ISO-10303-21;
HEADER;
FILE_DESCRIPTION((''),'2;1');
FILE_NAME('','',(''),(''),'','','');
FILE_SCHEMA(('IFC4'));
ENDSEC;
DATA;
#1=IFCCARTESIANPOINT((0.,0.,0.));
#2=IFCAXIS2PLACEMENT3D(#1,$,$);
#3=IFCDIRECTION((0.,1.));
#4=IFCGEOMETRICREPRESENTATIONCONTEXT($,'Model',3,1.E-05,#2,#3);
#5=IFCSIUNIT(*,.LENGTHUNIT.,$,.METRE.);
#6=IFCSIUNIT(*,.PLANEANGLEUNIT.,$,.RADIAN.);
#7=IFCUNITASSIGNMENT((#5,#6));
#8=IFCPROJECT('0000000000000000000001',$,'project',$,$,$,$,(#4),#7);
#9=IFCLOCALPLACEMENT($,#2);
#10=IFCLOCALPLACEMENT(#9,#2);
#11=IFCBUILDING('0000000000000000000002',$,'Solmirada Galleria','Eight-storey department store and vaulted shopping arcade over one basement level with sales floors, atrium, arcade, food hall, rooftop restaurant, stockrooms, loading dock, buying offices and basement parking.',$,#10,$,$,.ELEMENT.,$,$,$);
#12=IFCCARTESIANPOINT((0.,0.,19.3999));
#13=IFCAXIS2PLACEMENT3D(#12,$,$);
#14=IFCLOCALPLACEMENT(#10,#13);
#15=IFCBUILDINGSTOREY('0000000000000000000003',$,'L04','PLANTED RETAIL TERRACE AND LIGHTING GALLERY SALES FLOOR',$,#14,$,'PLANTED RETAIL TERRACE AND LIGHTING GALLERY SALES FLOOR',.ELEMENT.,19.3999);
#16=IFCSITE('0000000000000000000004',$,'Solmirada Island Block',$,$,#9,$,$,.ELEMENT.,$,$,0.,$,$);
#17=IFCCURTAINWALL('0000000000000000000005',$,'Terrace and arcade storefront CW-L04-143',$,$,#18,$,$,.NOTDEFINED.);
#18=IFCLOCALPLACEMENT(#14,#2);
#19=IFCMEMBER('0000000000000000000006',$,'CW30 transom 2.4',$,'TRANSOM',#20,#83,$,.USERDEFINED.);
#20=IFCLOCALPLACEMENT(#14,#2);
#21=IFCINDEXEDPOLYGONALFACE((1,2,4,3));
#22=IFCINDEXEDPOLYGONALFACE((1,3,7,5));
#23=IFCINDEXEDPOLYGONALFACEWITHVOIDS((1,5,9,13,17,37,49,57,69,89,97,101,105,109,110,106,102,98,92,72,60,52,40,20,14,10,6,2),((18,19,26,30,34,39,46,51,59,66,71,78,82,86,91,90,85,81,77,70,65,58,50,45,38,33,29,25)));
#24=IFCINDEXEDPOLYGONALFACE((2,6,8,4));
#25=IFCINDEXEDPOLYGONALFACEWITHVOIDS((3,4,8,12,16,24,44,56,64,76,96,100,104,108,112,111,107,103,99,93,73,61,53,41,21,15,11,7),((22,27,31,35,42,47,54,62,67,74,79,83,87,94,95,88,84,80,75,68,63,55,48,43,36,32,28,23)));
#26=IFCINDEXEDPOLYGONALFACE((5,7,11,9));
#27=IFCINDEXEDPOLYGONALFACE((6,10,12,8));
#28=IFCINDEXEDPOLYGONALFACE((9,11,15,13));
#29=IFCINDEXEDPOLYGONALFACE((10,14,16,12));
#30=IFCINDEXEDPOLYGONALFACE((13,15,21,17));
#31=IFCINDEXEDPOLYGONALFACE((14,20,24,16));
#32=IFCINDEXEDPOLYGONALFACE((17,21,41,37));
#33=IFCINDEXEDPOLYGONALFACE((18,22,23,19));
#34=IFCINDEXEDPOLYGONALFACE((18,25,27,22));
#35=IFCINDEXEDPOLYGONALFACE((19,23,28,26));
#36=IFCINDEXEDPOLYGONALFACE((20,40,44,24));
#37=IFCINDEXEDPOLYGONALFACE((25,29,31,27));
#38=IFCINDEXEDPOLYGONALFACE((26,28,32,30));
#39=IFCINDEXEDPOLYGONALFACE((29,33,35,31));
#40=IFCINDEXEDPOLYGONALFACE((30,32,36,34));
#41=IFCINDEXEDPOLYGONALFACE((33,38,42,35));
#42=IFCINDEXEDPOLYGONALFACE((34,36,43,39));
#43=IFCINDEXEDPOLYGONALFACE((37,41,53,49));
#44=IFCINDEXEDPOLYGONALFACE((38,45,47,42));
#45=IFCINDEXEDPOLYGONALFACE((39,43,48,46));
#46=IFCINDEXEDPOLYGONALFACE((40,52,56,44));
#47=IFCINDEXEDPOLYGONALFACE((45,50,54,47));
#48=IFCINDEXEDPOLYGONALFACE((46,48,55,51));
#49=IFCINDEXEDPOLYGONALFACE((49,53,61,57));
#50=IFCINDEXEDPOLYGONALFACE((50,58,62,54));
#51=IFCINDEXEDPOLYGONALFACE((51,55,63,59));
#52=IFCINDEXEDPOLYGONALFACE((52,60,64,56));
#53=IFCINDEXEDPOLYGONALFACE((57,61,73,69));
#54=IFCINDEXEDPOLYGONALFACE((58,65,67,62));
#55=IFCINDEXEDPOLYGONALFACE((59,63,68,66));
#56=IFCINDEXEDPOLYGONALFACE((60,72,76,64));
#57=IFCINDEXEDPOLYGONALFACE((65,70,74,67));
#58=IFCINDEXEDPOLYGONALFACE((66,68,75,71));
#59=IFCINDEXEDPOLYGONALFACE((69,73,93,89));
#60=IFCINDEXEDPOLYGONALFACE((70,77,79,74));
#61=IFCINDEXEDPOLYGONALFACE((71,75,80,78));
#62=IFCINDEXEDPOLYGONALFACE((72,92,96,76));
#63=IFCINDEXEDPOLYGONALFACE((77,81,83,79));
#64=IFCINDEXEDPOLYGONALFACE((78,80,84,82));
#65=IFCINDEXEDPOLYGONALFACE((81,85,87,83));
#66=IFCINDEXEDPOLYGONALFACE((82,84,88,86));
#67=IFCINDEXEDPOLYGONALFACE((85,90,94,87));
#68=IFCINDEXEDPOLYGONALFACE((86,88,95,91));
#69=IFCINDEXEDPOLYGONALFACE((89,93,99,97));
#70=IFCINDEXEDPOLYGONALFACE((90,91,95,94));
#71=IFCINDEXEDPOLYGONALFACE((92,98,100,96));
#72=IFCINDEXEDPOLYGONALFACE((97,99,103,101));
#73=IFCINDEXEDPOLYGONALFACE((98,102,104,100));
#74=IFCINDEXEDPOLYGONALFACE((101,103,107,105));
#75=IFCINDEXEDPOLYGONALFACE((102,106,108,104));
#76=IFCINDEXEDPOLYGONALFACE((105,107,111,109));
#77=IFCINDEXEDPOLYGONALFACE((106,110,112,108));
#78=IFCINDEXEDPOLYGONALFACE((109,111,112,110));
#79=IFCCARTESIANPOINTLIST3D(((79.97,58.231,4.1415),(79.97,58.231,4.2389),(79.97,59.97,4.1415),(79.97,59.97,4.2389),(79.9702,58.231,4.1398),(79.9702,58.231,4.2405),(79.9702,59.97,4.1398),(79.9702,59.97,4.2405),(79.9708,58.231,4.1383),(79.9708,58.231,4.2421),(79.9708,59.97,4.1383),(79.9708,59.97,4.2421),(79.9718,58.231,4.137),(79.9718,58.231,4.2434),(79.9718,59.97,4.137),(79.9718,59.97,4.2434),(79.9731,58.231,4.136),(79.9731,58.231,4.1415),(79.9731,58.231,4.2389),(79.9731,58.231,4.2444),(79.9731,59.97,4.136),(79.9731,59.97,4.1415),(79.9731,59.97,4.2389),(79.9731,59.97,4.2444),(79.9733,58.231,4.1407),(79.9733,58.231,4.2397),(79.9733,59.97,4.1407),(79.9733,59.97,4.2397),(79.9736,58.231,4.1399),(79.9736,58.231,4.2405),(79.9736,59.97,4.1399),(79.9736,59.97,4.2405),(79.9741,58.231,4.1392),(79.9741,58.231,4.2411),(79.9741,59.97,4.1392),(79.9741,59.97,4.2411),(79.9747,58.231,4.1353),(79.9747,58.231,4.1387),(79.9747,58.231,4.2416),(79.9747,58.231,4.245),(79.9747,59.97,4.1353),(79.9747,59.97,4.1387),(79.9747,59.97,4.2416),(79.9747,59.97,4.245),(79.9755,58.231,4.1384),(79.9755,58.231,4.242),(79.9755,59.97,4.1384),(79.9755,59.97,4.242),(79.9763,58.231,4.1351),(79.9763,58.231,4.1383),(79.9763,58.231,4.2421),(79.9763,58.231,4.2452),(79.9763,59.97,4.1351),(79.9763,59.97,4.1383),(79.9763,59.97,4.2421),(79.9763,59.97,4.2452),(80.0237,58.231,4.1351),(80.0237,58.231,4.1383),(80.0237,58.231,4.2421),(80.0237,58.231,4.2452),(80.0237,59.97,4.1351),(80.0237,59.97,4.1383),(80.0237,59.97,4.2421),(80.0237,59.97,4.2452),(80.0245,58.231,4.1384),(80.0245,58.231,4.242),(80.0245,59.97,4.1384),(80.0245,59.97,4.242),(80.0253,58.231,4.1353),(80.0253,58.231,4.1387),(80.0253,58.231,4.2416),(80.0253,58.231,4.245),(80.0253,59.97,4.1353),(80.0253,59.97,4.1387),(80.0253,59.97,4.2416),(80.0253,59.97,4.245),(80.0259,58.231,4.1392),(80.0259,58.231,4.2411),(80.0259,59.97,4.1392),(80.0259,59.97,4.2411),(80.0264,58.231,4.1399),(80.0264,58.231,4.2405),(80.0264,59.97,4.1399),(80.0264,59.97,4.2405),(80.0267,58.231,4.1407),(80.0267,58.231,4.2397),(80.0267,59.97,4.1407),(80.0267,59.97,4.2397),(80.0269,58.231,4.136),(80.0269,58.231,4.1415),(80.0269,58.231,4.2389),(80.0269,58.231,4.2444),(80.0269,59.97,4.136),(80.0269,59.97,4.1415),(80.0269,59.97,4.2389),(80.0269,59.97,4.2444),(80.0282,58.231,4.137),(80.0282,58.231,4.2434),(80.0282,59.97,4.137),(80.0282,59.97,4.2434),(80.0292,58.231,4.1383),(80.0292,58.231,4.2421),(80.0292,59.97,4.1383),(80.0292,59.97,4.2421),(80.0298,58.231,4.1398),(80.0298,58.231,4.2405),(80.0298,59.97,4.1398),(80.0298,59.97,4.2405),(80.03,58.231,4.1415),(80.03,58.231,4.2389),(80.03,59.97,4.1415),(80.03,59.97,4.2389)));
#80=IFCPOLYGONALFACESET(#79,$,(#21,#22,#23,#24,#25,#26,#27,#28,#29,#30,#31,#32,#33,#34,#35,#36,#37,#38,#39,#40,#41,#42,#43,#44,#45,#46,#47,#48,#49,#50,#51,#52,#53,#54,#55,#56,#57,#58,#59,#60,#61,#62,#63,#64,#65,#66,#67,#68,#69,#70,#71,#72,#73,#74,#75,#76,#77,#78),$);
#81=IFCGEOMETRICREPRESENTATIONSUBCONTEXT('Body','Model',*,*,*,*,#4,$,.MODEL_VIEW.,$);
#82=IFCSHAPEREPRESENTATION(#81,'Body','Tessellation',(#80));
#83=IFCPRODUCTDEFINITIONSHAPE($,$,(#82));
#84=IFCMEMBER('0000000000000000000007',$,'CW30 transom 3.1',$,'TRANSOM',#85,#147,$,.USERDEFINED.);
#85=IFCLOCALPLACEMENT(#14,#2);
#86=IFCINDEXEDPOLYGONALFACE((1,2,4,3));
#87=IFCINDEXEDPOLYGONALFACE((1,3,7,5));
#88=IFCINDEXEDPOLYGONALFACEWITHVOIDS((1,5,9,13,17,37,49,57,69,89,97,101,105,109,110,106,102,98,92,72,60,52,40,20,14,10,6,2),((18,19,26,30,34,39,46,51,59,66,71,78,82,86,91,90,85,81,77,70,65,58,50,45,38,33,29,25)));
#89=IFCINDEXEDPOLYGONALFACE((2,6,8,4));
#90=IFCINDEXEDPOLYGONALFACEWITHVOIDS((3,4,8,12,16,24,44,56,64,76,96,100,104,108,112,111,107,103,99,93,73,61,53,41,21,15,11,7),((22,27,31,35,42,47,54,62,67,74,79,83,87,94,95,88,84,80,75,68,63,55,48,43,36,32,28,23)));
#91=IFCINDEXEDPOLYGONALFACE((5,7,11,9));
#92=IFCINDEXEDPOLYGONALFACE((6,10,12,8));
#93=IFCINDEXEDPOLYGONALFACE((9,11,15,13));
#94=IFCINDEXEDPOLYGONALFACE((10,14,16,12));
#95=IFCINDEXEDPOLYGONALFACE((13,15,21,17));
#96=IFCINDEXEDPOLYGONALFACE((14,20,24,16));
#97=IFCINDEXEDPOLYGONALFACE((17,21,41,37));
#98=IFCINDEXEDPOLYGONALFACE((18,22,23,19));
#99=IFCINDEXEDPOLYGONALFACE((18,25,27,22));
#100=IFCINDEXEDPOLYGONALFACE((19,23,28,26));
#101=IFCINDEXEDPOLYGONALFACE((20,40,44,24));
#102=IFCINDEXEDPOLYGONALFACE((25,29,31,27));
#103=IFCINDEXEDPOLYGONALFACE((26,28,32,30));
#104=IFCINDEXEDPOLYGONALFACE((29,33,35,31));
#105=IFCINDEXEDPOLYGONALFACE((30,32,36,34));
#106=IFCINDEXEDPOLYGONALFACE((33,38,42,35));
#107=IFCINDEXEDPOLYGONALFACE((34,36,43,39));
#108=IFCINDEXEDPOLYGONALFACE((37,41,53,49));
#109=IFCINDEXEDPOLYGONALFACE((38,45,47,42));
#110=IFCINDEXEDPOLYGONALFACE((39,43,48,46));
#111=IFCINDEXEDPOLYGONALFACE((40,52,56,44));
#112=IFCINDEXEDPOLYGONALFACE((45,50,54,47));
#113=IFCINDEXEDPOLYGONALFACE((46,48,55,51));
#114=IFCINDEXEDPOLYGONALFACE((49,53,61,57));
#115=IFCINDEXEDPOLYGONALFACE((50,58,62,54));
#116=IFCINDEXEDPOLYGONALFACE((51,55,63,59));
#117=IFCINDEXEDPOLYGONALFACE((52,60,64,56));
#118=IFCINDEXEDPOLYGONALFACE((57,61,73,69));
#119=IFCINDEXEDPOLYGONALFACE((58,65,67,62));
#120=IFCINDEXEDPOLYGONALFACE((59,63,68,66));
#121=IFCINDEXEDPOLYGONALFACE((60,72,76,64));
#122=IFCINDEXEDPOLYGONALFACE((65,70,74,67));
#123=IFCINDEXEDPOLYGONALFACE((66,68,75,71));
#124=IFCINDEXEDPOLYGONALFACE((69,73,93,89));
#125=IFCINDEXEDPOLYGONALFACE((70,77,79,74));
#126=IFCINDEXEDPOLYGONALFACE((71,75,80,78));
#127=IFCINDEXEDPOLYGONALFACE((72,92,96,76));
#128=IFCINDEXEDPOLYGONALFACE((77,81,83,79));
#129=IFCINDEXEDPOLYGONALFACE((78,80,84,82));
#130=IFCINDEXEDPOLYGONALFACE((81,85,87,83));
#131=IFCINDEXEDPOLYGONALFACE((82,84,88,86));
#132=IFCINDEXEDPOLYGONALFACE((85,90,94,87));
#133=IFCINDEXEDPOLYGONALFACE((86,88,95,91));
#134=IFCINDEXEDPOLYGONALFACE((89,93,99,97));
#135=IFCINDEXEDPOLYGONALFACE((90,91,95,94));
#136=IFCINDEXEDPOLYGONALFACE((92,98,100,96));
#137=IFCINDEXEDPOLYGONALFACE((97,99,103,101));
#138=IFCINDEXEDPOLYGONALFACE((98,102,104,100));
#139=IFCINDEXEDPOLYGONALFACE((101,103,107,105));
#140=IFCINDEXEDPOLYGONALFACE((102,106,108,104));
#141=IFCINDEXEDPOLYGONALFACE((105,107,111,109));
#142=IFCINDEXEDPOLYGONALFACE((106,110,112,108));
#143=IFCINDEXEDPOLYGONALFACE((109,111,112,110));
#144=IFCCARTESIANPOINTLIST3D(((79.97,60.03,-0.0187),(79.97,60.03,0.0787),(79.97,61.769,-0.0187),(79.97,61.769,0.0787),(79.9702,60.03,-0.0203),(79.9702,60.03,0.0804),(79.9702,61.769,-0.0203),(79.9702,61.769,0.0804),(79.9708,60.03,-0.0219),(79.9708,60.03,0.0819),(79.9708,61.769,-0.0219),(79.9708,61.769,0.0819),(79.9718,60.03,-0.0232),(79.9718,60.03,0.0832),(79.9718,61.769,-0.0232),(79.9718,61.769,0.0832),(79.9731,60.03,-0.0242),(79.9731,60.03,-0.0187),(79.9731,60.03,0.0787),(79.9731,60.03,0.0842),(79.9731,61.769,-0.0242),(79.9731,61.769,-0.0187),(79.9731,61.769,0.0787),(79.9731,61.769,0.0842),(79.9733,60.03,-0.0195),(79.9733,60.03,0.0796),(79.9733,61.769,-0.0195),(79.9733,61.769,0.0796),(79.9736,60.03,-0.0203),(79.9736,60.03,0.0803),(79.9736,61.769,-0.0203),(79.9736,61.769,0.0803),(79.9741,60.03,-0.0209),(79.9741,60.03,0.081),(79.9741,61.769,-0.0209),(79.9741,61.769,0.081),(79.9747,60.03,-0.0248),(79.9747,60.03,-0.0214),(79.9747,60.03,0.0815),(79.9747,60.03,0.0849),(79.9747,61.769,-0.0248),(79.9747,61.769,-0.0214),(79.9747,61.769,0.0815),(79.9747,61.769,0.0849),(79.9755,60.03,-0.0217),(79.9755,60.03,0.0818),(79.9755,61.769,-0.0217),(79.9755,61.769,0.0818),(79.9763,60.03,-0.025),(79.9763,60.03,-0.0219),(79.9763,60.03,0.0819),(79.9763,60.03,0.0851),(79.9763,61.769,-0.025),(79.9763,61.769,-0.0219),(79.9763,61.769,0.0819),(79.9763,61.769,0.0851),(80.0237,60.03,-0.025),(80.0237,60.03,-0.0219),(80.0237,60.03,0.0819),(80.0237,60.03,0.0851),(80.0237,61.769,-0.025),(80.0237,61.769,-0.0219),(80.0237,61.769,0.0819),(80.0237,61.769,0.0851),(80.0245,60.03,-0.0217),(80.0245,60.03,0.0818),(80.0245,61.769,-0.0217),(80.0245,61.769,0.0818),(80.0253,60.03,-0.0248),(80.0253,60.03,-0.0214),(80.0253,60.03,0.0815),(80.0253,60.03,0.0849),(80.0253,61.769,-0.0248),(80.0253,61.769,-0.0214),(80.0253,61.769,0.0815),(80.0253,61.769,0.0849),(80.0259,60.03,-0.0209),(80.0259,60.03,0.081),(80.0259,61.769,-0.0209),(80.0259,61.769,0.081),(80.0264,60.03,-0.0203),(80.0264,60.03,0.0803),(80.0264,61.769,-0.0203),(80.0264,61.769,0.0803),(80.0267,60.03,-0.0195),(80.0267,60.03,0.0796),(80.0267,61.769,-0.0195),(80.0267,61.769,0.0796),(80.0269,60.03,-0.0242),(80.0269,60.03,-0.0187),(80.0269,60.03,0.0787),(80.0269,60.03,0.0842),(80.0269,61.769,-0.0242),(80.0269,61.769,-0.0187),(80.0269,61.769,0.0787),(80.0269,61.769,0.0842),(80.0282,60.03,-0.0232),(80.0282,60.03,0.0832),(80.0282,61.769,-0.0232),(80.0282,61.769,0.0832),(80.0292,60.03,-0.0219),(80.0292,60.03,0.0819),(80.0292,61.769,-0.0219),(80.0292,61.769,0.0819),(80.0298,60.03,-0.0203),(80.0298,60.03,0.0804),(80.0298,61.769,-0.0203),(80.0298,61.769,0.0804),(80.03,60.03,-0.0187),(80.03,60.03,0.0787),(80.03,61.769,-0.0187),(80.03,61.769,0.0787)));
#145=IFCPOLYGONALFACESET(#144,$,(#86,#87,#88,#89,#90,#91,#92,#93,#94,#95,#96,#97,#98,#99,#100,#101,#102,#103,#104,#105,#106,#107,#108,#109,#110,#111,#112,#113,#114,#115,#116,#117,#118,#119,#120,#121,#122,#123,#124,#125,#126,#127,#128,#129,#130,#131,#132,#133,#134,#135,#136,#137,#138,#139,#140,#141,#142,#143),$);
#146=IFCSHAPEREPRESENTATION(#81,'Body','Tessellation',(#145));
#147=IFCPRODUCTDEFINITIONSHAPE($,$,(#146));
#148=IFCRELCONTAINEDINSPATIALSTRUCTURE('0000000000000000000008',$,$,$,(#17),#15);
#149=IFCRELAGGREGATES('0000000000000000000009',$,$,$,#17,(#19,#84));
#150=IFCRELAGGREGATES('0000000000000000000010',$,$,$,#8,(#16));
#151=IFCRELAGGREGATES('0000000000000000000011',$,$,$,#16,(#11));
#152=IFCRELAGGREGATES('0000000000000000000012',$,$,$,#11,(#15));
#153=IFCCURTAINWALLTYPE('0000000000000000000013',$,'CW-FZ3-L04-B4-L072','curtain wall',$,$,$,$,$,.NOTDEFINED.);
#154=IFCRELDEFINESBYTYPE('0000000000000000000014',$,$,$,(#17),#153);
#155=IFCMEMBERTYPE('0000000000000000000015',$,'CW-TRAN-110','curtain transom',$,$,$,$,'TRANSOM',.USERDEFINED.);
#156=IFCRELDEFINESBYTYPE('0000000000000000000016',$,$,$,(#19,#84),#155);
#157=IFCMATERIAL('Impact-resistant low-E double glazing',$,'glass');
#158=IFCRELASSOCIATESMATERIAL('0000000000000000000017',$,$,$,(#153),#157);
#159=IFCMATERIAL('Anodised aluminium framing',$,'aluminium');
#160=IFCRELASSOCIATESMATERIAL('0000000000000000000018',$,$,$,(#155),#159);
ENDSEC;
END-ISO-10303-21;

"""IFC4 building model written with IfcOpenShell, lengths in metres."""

from ifc_helpers import new_model, si_unit, direction, frame, origin, origin_2d, place, context, subcontext, project, spatial, hollow_rectangle, extrude, material, material_profile, profile_set, type_object, element, aggregate, save


model = new_model("IFC4")

# Units and contexts
model_context = context("Model", 3, precision=1e-05, world=origin(), true_north=direction((0.0, 1.0)))
body_context = subcontext(model_context, "Body", "Model", "MODEL_VIEW")
ifc_project = project(units=[si_unit("LENGTHUNIT", "METRE"), si_unit("PLANEANGLEUNIT", "RADIAN")], contexts=[model_context])

# Site, building, storey
site_placement = place(None, origin())
site = spatial("IfcSite", under=ifc_project, at=site_placement, Name="Solmirada Island Block", CompositionType="ELEMENT", RefElevation=0.0)
building_placement = place(site_placement, origin())
building = spatial("IfcBuilding", under=site, at=building_placement, Name="Solmirada Galleria", Description="Eight-storey department store and vaulted shopping arcade over one basement level with sales floors, atrium, arcade, food hall, rooftop restaurant, stockrooms, loading dock, buying offices and basement parking.", CompositionType="ELEMENT")
storey_placement = place(building_placement, frame((0.0, 0.0, 19.3999)))
storey = spatial("IfcBuildingStorey", under=building, at=storey_placement, Name="L04", Description="PLANTED RETAIL TERRACE AND LIGHTING GALLERY SALES FLOOR", LongName="PLANTED RETAIL TERRACE AND LIGHTING GALLERY SALES FLOOR", CompositionType="ELEMENT", Elevation=19.3999)

# Curtain wall, members
ifc_material_1 = material(Name="Impact-resistant low-E double glazing", Category="glass")
curtain_wall_type = type_object("IfcCurtainWallType", Name="CW-FZ3-L04-B4-L072", Description="curtain wall", PredefinedType="NOTDEFINED", material=ifc_material_1)
curtain_wall_placement = place(storey_placement, origin())
curtain_wall = element("IfcCurtainWall", 1, at=curtain_wall_placement, inside=storey, type_object=curtain_wall_type, Name="Terrace and arcade storefront CW-L04-143", PredefinedType="NOTDEFINED")
ifc_material_2 = material(Name="Anodised aluminium framing", Category="aluminium")
ifc_material_profile_1 = material_profile(ifc_material_2, hollow_rectangle(XDim=0.0601, YDim=0.1101, WallThickness=0.0032, InnerFilletRadius=0.0032, OuterFilletRadius=0.0063, at=origin_2d()), Name="ALU-TRAN-110X60")
ifc_profile_set_1 = profile_set([ifc_material_profile_1], Name="Anodised aluminium framing")
member_type_1 = type_object("IfcMemberType", Name="CW-TRAN-110", Description="curtain transom", ElementType="TRANSOM", PredefinedType="USERDEFINED", material=ifc_profile_set_1)
member_1_placement = place(storey_placement, frame((80.0, 58.231, 4.1902), z_axis=(0.0, 1.0, 0.0), x_axis=(-1.0, 0.0, 0.0)))
member_1 = element("IfcMember", 2, at=member_1_placement, type_object=member_type_1, Name="CW30 transom 2.4", ObjectType="TRANSOM", PredefinedType="USERDEFINED", context=body_context, shape_type="SweptSolid", body=[
    extrude(hollow_rectangle(XDim=0.0601, YDim=0.1101, WallThickness=0.0032, InnerFilletRadius=0.0032, OuterFilletRadius=0.0063, at=origin_2d()), origin(), (0.0, 0.0, 1.0), 1.739),
])
member_2_placement = place(storey_placement, frame((80.0, 60.03, 0.03), z_axis=(0.0, 1.0, 0.0), x_axis=(-1.0, 0.0, 0.0)))
member_2 = element("IfcMember", 3, at=member_2_placement, type_object=member_type_1, Name="CW30 transom 3.1", ObjectType="TRANSOM", PredefinedType="USERDEFINED", context=body_context, shape_type="SweptSolid", body=[
    extrude(hollow_rectangle(XDim=0.0601, YDim=0.1101, WallThickness=0.0032, InnerFilletRadius=0.0032, OuterFilletRadius=0.0063, at=origin_2d()), origin(), (0.0, 0.0, 1.0), 1.739),
])
aggregate(curtain_wall, [member_1, member_2])

save(model, "model.ifc")
